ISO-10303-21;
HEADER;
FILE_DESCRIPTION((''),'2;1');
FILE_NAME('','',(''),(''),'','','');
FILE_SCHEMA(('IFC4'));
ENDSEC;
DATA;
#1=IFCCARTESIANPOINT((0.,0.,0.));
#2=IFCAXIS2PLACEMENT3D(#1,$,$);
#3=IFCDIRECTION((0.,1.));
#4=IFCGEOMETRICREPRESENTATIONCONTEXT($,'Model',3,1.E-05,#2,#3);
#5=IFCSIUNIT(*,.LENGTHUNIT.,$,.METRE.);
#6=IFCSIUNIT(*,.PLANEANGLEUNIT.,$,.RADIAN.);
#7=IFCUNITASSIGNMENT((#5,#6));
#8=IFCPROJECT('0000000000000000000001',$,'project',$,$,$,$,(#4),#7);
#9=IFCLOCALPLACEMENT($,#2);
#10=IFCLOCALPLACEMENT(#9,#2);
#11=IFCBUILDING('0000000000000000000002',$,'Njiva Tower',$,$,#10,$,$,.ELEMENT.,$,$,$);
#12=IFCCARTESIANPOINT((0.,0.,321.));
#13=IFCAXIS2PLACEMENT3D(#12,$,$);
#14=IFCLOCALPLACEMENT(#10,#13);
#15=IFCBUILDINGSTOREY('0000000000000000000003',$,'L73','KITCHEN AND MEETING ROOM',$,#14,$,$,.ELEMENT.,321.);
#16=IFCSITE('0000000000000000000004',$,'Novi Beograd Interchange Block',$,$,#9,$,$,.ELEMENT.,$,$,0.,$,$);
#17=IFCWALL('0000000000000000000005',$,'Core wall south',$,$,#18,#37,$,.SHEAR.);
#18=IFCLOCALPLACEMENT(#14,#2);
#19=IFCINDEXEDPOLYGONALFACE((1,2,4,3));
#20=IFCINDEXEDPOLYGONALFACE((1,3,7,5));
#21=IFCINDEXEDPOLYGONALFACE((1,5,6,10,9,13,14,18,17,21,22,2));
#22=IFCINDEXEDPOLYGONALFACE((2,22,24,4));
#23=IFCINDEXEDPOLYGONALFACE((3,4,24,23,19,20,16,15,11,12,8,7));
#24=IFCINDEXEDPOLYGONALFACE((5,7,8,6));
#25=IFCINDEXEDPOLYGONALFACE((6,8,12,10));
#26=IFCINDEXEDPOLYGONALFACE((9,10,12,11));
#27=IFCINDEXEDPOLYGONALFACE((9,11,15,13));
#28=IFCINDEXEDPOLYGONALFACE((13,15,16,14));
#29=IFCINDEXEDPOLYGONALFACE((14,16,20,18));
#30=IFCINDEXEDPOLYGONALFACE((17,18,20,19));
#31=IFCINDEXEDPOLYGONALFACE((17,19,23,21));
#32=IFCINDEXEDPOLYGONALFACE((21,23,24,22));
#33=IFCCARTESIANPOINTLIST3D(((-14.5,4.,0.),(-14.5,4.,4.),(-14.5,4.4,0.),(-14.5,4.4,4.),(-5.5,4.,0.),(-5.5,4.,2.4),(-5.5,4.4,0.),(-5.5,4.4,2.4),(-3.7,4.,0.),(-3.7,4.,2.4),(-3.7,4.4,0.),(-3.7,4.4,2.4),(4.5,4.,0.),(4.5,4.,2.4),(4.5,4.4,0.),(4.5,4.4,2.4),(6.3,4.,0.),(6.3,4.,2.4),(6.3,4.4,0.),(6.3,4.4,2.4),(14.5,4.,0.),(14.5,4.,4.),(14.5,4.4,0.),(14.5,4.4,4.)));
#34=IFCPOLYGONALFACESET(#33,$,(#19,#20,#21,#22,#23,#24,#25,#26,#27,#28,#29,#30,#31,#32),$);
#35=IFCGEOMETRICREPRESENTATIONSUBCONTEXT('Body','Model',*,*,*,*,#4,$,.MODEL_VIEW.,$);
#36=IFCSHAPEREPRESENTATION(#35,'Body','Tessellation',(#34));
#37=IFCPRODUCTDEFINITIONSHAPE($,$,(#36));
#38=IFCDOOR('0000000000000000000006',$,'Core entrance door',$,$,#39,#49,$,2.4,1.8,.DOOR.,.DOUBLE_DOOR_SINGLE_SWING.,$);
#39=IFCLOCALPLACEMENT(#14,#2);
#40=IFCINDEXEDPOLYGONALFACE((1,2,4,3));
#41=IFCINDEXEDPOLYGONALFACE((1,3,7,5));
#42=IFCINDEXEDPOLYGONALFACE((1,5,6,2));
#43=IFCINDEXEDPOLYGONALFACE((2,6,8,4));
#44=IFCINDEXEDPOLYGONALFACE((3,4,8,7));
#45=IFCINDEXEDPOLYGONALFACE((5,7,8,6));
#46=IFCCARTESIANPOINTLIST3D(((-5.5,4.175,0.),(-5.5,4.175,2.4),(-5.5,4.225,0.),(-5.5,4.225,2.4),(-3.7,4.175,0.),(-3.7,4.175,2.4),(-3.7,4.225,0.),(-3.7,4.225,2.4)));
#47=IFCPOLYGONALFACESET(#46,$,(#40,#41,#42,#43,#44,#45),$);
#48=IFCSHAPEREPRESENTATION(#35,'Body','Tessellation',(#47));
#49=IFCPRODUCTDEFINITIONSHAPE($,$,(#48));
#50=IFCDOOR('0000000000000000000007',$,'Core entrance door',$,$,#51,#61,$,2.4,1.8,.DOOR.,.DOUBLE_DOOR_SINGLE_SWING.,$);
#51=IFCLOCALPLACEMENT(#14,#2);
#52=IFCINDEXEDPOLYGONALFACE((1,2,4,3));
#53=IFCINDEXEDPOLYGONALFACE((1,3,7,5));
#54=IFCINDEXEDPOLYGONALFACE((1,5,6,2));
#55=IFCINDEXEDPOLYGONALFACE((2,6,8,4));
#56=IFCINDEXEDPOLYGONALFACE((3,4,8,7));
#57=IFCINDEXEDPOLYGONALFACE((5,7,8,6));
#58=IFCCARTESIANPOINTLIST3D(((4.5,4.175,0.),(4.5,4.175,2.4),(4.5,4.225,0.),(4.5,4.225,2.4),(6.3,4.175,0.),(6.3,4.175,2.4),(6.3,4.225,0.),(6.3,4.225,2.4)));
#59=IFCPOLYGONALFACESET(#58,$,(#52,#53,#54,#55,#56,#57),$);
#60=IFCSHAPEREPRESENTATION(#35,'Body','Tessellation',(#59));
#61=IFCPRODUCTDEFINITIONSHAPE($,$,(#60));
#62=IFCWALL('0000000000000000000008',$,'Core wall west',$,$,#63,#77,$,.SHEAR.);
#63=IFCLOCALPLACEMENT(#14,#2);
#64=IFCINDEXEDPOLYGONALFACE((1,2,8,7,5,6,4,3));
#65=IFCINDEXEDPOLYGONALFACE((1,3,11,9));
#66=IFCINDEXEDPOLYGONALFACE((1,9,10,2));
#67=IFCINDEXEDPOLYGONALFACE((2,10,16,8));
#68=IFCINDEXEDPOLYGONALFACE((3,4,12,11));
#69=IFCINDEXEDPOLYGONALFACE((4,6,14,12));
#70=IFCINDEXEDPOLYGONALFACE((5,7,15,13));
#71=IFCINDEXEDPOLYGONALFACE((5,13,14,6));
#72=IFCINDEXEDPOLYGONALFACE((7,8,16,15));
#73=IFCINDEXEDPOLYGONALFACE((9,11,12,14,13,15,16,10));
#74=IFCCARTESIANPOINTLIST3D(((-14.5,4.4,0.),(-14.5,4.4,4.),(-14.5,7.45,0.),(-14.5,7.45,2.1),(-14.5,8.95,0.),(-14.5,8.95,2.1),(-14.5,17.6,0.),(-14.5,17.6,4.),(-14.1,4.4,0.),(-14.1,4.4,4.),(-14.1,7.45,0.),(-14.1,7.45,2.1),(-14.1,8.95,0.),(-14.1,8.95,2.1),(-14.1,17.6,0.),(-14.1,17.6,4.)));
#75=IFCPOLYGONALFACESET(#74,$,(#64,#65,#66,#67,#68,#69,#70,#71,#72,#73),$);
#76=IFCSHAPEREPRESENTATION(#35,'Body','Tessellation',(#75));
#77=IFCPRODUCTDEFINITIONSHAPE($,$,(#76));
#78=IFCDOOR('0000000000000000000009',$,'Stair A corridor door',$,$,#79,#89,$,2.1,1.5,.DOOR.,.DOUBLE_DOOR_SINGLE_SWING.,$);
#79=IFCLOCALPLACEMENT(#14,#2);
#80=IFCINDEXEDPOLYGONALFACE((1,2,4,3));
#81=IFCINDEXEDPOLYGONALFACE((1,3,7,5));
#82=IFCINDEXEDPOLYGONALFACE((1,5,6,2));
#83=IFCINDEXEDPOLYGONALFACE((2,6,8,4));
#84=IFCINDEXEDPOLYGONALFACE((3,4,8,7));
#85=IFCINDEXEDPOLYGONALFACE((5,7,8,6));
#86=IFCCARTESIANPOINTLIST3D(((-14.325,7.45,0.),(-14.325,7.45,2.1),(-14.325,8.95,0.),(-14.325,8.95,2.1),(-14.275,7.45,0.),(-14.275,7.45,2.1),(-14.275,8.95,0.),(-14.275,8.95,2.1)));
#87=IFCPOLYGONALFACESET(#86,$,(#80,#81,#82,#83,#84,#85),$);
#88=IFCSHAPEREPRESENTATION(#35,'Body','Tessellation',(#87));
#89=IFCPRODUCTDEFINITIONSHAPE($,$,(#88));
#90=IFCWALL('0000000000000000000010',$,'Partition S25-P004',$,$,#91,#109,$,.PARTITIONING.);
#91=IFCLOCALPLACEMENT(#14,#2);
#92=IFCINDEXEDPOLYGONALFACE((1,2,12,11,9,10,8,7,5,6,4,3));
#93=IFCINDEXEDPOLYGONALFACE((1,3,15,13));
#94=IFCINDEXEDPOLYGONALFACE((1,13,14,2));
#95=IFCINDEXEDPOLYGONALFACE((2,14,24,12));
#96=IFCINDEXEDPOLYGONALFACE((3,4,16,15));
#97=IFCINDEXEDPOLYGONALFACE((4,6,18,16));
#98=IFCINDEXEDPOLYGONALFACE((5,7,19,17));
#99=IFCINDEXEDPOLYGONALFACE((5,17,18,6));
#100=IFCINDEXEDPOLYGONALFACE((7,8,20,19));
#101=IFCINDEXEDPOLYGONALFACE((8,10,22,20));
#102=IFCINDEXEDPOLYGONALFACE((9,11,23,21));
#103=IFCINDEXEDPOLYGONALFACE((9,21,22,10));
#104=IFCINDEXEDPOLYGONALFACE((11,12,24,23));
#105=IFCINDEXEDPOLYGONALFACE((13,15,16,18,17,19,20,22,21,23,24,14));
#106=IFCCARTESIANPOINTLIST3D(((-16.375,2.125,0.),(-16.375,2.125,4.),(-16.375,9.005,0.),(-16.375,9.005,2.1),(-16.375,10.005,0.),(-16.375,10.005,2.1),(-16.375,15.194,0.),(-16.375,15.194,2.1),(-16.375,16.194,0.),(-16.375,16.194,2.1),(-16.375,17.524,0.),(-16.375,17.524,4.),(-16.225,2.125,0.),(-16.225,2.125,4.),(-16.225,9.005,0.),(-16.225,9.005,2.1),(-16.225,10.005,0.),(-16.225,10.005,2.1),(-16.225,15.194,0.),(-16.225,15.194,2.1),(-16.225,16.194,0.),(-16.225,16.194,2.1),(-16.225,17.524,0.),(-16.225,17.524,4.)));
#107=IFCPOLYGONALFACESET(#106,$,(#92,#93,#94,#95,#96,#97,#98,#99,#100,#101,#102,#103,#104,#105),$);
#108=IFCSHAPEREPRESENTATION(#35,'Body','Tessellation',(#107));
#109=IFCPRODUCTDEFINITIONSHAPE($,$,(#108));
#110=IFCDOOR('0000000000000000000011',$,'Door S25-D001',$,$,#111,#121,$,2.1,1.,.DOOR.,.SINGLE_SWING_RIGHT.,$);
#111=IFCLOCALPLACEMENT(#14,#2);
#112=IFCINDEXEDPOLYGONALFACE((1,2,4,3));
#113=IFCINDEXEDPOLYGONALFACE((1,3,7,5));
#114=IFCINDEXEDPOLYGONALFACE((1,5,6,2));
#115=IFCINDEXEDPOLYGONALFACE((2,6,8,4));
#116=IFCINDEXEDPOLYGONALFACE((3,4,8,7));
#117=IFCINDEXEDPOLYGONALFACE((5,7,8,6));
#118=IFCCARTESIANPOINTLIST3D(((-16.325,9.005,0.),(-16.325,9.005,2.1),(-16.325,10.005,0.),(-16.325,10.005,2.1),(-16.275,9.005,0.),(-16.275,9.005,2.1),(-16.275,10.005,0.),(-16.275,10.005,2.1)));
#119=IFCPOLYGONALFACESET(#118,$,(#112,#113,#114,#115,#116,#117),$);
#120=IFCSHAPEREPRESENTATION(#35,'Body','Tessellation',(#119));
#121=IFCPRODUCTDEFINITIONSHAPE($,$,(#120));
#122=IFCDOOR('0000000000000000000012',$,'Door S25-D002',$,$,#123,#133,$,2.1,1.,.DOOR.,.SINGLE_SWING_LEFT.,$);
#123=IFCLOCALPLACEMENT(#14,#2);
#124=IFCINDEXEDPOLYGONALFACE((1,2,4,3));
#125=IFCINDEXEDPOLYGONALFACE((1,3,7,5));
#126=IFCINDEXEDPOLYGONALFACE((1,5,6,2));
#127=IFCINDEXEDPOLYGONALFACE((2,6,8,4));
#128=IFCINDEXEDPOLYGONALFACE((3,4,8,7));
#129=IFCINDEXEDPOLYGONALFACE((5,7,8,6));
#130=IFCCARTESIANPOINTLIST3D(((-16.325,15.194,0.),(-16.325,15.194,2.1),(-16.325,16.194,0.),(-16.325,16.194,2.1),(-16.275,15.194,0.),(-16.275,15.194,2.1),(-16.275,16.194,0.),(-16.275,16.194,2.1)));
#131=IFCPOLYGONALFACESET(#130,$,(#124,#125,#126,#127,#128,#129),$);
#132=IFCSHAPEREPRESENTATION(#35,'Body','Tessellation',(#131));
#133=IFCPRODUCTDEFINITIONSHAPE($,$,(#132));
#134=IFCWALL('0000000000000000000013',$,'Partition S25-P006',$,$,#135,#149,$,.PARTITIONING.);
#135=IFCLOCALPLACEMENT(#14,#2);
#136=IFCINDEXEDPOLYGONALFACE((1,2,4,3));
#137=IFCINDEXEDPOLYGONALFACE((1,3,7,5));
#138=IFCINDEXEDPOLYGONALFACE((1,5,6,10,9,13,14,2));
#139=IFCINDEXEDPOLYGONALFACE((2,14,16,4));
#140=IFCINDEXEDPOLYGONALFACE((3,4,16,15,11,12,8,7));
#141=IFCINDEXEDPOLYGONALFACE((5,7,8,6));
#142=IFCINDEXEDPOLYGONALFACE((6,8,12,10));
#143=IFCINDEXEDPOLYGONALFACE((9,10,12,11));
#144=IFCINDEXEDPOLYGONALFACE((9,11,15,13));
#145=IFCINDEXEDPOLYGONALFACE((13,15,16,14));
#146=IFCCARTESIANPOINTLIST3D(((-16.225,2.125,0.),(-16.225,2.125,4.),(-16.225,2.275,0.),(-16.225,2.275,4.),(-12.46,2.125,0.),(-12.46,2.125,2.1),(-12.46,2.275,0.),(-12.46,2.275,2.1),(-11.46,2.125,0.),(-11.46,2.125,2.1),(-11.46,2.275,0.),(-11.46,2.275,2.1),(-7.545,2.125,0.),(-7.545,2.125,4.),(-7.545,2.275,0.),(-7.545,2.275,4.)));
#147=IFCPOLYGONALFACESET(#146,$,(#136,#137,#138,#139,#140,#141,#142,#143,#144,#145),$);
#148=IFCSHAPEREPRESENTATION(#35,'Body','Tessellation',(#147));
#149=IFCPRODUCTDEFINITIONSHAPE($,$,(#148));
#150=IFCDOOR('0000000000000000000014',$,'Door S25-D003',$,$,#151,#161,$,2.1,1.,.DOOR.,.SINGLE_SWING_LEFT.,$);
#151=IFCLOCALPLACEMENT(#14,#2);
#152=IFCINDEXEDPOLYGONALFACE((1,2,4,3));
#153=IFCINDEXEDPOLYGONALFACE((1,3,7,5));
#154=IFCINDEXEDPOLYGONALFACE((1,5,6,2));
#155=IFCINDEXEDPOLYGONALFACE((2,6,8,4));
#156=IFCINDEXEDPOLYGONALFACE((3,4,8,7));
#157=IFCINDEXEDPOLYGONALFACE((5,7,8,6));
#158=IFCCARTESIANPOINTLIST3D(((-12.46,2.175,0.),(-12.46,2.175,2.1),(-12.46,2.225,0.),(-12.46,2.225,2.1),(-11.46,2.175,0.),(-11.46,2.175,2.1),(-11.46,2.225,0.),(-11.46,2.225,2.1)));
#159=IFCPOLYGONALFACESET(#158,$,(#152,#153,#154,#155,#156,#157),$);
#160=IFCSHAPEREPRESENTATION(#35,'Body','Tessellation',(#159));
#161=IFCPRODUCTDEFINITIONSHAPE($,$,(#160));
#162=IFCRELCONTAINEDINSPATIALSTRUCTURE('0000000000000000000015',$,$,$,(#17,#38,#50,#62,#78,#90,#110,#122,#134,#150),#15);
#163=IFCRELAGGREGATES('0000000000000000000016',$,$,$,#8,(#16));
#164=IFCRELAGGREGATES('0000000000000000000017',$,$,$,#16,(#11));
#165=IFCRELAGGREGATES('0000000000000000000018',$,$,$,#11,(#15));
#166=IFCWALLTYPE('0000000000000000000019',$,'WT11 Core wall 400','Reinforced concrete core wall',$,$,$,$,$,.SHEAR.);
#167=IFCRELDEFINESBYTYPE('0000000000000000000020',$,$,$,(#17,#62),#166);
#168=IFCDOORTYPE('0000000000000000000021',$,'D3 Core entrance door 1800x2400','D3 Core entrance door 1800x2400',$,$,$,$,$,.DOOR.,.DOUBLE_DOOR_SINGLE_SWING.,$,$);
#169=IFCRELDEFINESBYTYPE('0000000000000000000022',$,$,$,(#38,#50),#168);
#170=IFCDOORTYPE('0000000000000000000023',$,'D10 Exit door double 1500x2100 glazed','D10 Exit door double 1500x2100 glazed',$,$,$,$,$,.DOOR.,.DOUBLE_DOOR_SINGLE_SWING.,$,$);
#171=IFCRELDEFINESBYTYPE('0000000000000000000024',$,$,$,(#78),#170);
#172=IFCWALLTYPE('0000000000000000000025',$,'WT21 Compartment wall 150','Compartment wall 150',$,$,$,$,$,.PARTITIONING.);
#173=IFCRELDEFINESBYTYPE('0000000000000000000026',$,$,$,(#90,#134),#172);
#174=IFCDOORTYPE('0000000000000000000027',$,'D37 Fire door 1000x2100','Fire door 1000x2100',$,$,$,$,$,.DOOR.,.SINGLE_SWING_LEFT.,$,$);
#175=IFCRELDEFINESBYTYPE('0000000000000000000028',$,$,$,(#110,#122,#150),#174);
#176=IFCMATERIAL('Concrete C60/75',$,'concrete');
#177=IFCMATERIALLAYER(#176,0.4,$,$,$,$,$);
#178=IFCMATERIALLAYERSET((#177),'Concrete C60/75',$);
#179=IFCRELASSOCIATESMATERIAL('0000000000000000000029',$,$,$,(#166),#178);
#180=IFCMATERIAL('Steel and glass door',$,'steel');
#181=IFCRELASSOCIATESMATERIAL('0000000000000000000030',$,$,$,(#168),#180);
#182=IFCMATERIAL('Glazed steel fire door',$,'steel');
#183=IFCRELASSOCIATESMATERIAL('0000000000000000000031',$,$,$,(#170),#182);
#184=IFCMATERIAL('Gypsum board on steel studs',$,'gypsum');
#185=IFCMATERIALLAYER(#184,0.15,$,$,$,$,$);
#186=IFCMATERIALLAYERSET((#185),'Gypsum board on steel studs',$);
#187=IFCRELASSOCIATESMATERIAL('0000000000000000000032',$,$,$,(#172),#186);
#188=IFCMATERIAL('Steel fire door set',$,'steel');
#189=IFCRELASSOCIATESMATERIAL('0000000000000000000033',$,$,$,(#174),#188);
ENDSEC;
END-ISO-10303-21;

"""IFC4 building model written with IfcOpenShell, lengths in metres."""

from ifc_helpers import new_model, si_unit, direction, frame, frame_2d, origin, place, context, subcontext, project, spatial, rectangle, extrude, material, layer, layer_set, type_object, element, fill, save


model = new_model("IFC4")

# Units and contexts
model_context = context("Model", 3, precision=1e-05, world=origin(), true_north=direction((0.0, 1.0)))
body_context = subcontext(model_context, "Body", "Model", "MODEL_VIEW")
ifc_project = project(units=[si_unit("LENGTHUNIT", "METRE"), si_unit("PLANEANGLEUNIT", "RADIAN")], contexts=[model_context])

# Site, building, storey
site_placement = place(None, origin())
site = spatial("IfcSite", under=ifc_project, at=site_placement, Name="Novi Beograd Interchange Block", CompositionType="ELEMENT", RefElevation=0.0)
building_placement = place(site_placement, origin())
building = spatial("IfcBuilding", under=site, at=building_placement, Name="Njiva Tower", CompositionType="ELEMENT")
storey_placement = place(building_placement, frame((0.0, 0.0, 321.0)))
storey = spatial("IfcBuildingStorey", under=building, at=storey_placement, Name="L73", Description="KITCHEN AND MEETING ROOM", CompositionType="ELEMENT", Elevation=321.0)

# Wall, openings, doors
ifc_material_1 = material(Name="Concrete C60/75", Category="concrete")
ifc_layer_1 = layer(ifc_material_1, 0.4)
ifc_layer_set_1 = layer_set([ifc_layer_1], Name="Concrete C60/75")
wall_type_1 = type_object("IfcWallType", Name="WT11 Core wall 400", Description="Reinforced concrete core wall", PredefinedType="SHEAR", material=ifc_layer_set_1)
wall_1_placement = place(storey_placement, frame((-14.5, 4.2, 0.0), z_axis=(0.0, 0.0, 1.0), x_axis=(1.0, 0.0, 0.0)))
wall_1 = element("IfcWall", 1, at=wall_1_placement, inside=storey, type_object=wall_type_1, Name="Core wall south", PredefinedType="SHEAR", context=body_context, shape_type="SweptSolid", body=[
    extrude(rectangle(XDim=29.0, YDim=0.4, at=frame_2d((14.5, 0.0))), origin(), (0.0, 0.0, 1.0), 4.0),
])
opening_1_placement = place(wall_1_placement, frame((9.0, 0.0, 0.0)))
opening_1 = element("IfcOpeningElement", 2, at=opening_1_placement, cuts=wall_1, PredefinedType="OPENING", context=body_context, shape_type="SweptSolid", body=[
    extrude(rectangle(XDim=1.8, YDim=2.4, at=frame_2d((0.9, 1.2))), frame((0.0, 0.21, 0.0), z_axis=(0.0, -1.0, 0.0), x_axis=(1.0, 0.0, 0.0)), (0.0, 0.0, 1.0), 0.42),
])
opening_2_placement = place(wall_1_placement, frame((19.0, 0.0, 0.0)))
opening_2 = element("IfcOpeningElement", 3, at=opening_2_placement, cuts=wall_1, PredefinedType="OPENING", context=body_context, shape_type="SweptSolid", body=[
    extrude(rectangle(XDim=1.8, YDim=2.4, at=frame_2d((0.9, 1.2))), frame((0.0, 0.21, 0.0), z_axis=(0.0, -1.0, 0.0), x_axis=(1.0, 0.0, 0.0)), (0.0, 0.0, 1.0), 0.42),
])
ifc_material_2 = material(Name="Steel and glass door", Category="steel")
door_type_1 = type_object("IfcDoorType", Name="D3 Core entrance door 1800x2400", Description="D3 Core entrance door 1800x2400", OperationType="DOUBLE_DOOR_SINGLE_SWING", PredefinedType="DOOR", material=ifc_material_2)
door_1_placement = place(opening_1_placement, origin())
door_1 = element("IfcDoor", 4, at=door_1_placement, inside=storey, type_object=door_type_1, Name="Core entrance door", OperationType="DOUBLE_DOOR_SINGLE_SWING", OverallHeight=2.4, OverallWidth=1.8, PredefinedType="DOOR", context=body_context, shape_type="SweptSolid", body=[
    extrude(rectangle(XDim=1.8, YDim=2.4, at=frame_2d((0.9, 1.2))), frame((0.0, 0.025, 0.0), z_axis=(0.0, -1.0, 0.0), x_axis=(1.0, 0.0, 0.0)), (0.0, 0.0, 1.0), 0.05),
])
fill(opening_1, door_1)
door_2_placement = place(opening_2_placement, origin())
door_2 = element("IfcDoor", 5, at=door_2_placement, inside=storey, type_object=door_type_1, Name="Core entrance door", OperationType="DOUBLE_DOOR_SINGLE_SWING", OverallHeight=2.4, OverallWidth=1.8, PredefinedType="DOOR", context=body_context, shape_type="SweptSolid", body=[
    extrude(rectangle(XDim=1.8, YDim=2.4, at=frame_2d((0.9, 1.2))), frame((0.0, 0.025, 0.0), z_axis=(0.0, -1.0, 0.0), x_axis=(1.0, 0.0, 0.0)), (0.0, 0.0, 1.0), 0.05),
])
fill(opening_2, door_2)

# Wall, opening, door
wall_2_placement = place(storey_placement, frame((-14.3, 4.4, 0.0), z_axis=(0.0, 0.0, 1.0), x_axis=(0.0, 1.0, 0.0)))
wall_2 = element("IfcWall", 6, at=wall_2_placement, inside=storey, type_object=wall_type_1, Name="Core wall west", PredefinedType="SHEAR", context=body_context, shape_type="SweptSolid", body=[
    extrude(rectangle(XDim=13.2, YDim=0.4, at=frame_2d((6.6, 0.0))), origin(), (0.0, 0.0, 1.0), 4.0),
])
opening_3_placement = place(wall_2_placement, frame((3.05, 0.0, 0.0)))
opening_3 = element("IfcOpeningElement", 7, at=opening_3_placement, cuts=wall_2, PredefinedType="OPENING", context=body_context, shape_type="SweptSolid", body=[
    extrude(rectangle(XDim=1.5, YDim=2.1, at=frame_2d((0.75, 1.05))), frame((0.0, 0.21, 0.0), z_axis=(0.0, -1.0, 0.0), x_axis=(1.0, 0.0, 0.0)), (0.0, 0.0, 1.0), 0.42),
])
ifc_material_3 = material(Name="Glazed steel fire door", Category="steel")
door_type_2 = type_object("IfcDoorType", Name="D10 Exit door double 1500x2100 glazed", Description="D10 Exit door double 1500x2100 glazed", OperationType="DOUBLE_DOOR_SINGLE_SWING", PredefinedType="DOOR", material=ifc_material_3)
door_3_placement = place(opening_3_placement, origin())
door_3 = element("IfcDoor", 8, at=door_3_placement, inside=storey, type_object=door_type_2, Name="Stair A corridor door", OperationType="DOUBLE_DOOR_SINGLE_SWING", OverallHeight=2.1, OverallWidth=1.5, PredefinedType="DOOR", context=body_context, shape_type="SweptSolid", body=[
    extrude(rectangle(XDim=1.5, YDim=2.1, at=frame_2d((0.75, 1.05))), frame((0.0, 0.025, 0.0), z_axis=(0.0, -1.0, 0.0), x_axis=(1.0, 0.0, 0.0)), (0.0, 0.0, 1.0), 0.05),
])
fill(opening_3, door_3)

# Wall, openings, doors
ifc_material_4 = material(Name="Gypsum board on steel studs", Category="gypsum")
ifc_layer_2 = layer(ifc_material_4, 0.15)
ifc_layer_set_2 = layer_set([ifc_layer_2], Name="Gypsum board on steel studs")
wall_type_2 = type_object("IfcWallType", Name="WT21 Compartment wall 150", Description="Compartment wall 150", PredefinedType="PARTITIONING", material=ifc_layer_set_2)
wall_3_placement = place(storey_placement, frame((-16.3, 2.125, 0.0), z_axis=(0.0, 0.0, 1.0), x_axis=(0.0, 1.0, 0.0)))
wall_3 = element("IfcWall", 9, at=wall_3_placement, inside=storey, type_object=wall_type_2, Name="Partition S25-P004", PredefinedType="PARTITIONING", context=body_context, shape_type="SweptSolid", body=[
    extrude(rectangle(XDim=15.399, YDim=0.15, at=frame_2d((7.6995, 0.0))), origin(), (0.0, 0.0, 1.0), 4.0),
])
opening_4_placement = place(wall_3_placement, frame((6.88, 0.0, 0.0)))
opening_4 = element("IfcOpeningElement", 10, at=opening_4_placement, cuts=wall_3, PredefinedType="OPENING", context=body_context, shape_type="SweptSolid", body=[
    extrude(rectangle(XDim=1.0, YDim=2.1, at=frame_2d((0.5, 1.05))), frame((0.0, 0.085, 0.0), z_axis=(0.0, -1.0, 0.0), x_axis=(1.0, 0.0, 0.0)), (0.0, 0.0, 1.0), 0.17),
])
opening_5_placement = place(wall_3_placement, frame((13.069, 0.0, 0.0)))
opening_5 = element("IfcOpeningElement", 11, at=opening_5_placement, cuts=wall_3, PredefinedType="OPENING", context=body_context, shape_type="SweptSolid", body=[
    extrude(rectangle(XDim=1.0, YDim=2.1, at=frame_2d((0.5, 1.05))), frame((0.0, 0.085, 0.0), z_axis=(0.0, -1.0, 0.0), x_axis=(1.0, 0.0, 0.0)), (0.0, 0.0, 1.0), 0.17),
])
ifc_material_5 = material(Name="Steel fire door set", Category="steel")
door_type_3 = type_object("IfcDoorType", Name="D37 Fire door 1000x2100", Description="Fire door 1000x2100", OperationType="SINGLE_SWING_LEFT", PredefinedType="DOOR", material=ifc_material_5)
door_4_placement = place(opening_4_placement, origin())
door_4 = element("IfcDoor", 12, at=door_4_placement, inside=storey, type_object=door_type_3, Name="Door S25-D001", OperationType="SINGLE_SWING_RIGHT", OverallHeight=2.1, OverallWidth=1.0, PredefinedType="DOOR", context=body_context, shape_type="SweptSolid", body=[
    extrude(rectangle(XDim=1.0, YDim=2.1, at=frame_2d((0.5, 1.05))), frame((0.0, 0.025, 0.0), z_axis=(0.0, -1.0, 0.0), x_axis=(1.0, 0.0, 0.0)), (0.0, 0.0, 1.0), 0.05),
])
fill(opening_4, door_4)
door_5_placement = place(opening_5_placement, origin())
door_5 = element("IfcDoor", 13, at=door_5_placement, inside=storey, type_object=door_type_3, Name="Door S25-D002", OperationType="SINGLE_SWING_LEFT", OverallHeight=2.1, OverallWidth=1.0, PredefinedType="DOOR", context=body_context, shape_type="SweptSolid", body=[
    extrude(rectangle(XDim=1.0, YDim=2.1, at=frame_2d((0.5, 1.05))), frame((0.0, 0.025, 0.0), z_axis=(0.0, -1.0, 0.0), x_axis=(1.0, 0.0, 0.0)), (0.0, 0.0, 1.0), 0.05),
])
fill(opening_5, door_5)

# Wall, opening, door
wall_4_placement = place(storey_placement, frame((-16.225, 2.2, 0.0), z_axis=(0.0, 0.0, 1.0), x_axis=(1.0, 0.0, 0.0)))
wall_4 = element("IfcWall", 14, at=wall_4_placement, inside=storey, type_object=wall_type_2, Name="Partition S25-P006", PredefinedType="PARTITIONING", context=body_context, shape_type="SweptSolid", body=[
    extrude(rectangle(XDim=8.68, YDim=0.15, at=frame_2d((4.34, 0.0))), origin(), (0.0, 0.0, 1.0), 4.0),
])
opening_6_placement = place(wall_4_placement, frame((3.765, 0.0, 0.0)))
opening_6 = element("IfcOpeningElement", 15, at=opening_6_placement, cuts=wall_4, PredefinedType="OPENING", context=body_context, shape_type="SweptSolid", body=[
    extrude(rectangle(XDim=1.0, YDim=2.1, at=frame_2d((0.5, 1.05))), frame((0.0, 0.085, 0.0), z_axis=(0.0, -1.0, 0.0), x_axis=(1.0, 0.0, 0.0)), (0.0, 0.0, 1.0), 0.17),
])
door_6_placement = place(opening_6_placement, origin())
door_6 = element("IfcDoor", 16, at=door_6_placement, inside=storey, type_object=door_type_3, Name="Door S25-D003", OperationType="SINGLE_SWING_LEFT", OverallHeight=2.1, OverallWidth=1.0, PredefinedType="DOOR", context=body_context, shape_type="SweptSolid", body=[
    extrude(rectangle(XDim=1.0, YDim=2.1, at=frame_2d((0.5, 1.05))), frame((0.0, 0.025, 0.0), z_axis=(0.0, -1.0, 0.0), x_axis=(1.0, 0.0, 0.0)), (0.0, 0.0, 1.0), 0.05),
])
fill(opening_6, door_6)

save(model, "model.ifc")
